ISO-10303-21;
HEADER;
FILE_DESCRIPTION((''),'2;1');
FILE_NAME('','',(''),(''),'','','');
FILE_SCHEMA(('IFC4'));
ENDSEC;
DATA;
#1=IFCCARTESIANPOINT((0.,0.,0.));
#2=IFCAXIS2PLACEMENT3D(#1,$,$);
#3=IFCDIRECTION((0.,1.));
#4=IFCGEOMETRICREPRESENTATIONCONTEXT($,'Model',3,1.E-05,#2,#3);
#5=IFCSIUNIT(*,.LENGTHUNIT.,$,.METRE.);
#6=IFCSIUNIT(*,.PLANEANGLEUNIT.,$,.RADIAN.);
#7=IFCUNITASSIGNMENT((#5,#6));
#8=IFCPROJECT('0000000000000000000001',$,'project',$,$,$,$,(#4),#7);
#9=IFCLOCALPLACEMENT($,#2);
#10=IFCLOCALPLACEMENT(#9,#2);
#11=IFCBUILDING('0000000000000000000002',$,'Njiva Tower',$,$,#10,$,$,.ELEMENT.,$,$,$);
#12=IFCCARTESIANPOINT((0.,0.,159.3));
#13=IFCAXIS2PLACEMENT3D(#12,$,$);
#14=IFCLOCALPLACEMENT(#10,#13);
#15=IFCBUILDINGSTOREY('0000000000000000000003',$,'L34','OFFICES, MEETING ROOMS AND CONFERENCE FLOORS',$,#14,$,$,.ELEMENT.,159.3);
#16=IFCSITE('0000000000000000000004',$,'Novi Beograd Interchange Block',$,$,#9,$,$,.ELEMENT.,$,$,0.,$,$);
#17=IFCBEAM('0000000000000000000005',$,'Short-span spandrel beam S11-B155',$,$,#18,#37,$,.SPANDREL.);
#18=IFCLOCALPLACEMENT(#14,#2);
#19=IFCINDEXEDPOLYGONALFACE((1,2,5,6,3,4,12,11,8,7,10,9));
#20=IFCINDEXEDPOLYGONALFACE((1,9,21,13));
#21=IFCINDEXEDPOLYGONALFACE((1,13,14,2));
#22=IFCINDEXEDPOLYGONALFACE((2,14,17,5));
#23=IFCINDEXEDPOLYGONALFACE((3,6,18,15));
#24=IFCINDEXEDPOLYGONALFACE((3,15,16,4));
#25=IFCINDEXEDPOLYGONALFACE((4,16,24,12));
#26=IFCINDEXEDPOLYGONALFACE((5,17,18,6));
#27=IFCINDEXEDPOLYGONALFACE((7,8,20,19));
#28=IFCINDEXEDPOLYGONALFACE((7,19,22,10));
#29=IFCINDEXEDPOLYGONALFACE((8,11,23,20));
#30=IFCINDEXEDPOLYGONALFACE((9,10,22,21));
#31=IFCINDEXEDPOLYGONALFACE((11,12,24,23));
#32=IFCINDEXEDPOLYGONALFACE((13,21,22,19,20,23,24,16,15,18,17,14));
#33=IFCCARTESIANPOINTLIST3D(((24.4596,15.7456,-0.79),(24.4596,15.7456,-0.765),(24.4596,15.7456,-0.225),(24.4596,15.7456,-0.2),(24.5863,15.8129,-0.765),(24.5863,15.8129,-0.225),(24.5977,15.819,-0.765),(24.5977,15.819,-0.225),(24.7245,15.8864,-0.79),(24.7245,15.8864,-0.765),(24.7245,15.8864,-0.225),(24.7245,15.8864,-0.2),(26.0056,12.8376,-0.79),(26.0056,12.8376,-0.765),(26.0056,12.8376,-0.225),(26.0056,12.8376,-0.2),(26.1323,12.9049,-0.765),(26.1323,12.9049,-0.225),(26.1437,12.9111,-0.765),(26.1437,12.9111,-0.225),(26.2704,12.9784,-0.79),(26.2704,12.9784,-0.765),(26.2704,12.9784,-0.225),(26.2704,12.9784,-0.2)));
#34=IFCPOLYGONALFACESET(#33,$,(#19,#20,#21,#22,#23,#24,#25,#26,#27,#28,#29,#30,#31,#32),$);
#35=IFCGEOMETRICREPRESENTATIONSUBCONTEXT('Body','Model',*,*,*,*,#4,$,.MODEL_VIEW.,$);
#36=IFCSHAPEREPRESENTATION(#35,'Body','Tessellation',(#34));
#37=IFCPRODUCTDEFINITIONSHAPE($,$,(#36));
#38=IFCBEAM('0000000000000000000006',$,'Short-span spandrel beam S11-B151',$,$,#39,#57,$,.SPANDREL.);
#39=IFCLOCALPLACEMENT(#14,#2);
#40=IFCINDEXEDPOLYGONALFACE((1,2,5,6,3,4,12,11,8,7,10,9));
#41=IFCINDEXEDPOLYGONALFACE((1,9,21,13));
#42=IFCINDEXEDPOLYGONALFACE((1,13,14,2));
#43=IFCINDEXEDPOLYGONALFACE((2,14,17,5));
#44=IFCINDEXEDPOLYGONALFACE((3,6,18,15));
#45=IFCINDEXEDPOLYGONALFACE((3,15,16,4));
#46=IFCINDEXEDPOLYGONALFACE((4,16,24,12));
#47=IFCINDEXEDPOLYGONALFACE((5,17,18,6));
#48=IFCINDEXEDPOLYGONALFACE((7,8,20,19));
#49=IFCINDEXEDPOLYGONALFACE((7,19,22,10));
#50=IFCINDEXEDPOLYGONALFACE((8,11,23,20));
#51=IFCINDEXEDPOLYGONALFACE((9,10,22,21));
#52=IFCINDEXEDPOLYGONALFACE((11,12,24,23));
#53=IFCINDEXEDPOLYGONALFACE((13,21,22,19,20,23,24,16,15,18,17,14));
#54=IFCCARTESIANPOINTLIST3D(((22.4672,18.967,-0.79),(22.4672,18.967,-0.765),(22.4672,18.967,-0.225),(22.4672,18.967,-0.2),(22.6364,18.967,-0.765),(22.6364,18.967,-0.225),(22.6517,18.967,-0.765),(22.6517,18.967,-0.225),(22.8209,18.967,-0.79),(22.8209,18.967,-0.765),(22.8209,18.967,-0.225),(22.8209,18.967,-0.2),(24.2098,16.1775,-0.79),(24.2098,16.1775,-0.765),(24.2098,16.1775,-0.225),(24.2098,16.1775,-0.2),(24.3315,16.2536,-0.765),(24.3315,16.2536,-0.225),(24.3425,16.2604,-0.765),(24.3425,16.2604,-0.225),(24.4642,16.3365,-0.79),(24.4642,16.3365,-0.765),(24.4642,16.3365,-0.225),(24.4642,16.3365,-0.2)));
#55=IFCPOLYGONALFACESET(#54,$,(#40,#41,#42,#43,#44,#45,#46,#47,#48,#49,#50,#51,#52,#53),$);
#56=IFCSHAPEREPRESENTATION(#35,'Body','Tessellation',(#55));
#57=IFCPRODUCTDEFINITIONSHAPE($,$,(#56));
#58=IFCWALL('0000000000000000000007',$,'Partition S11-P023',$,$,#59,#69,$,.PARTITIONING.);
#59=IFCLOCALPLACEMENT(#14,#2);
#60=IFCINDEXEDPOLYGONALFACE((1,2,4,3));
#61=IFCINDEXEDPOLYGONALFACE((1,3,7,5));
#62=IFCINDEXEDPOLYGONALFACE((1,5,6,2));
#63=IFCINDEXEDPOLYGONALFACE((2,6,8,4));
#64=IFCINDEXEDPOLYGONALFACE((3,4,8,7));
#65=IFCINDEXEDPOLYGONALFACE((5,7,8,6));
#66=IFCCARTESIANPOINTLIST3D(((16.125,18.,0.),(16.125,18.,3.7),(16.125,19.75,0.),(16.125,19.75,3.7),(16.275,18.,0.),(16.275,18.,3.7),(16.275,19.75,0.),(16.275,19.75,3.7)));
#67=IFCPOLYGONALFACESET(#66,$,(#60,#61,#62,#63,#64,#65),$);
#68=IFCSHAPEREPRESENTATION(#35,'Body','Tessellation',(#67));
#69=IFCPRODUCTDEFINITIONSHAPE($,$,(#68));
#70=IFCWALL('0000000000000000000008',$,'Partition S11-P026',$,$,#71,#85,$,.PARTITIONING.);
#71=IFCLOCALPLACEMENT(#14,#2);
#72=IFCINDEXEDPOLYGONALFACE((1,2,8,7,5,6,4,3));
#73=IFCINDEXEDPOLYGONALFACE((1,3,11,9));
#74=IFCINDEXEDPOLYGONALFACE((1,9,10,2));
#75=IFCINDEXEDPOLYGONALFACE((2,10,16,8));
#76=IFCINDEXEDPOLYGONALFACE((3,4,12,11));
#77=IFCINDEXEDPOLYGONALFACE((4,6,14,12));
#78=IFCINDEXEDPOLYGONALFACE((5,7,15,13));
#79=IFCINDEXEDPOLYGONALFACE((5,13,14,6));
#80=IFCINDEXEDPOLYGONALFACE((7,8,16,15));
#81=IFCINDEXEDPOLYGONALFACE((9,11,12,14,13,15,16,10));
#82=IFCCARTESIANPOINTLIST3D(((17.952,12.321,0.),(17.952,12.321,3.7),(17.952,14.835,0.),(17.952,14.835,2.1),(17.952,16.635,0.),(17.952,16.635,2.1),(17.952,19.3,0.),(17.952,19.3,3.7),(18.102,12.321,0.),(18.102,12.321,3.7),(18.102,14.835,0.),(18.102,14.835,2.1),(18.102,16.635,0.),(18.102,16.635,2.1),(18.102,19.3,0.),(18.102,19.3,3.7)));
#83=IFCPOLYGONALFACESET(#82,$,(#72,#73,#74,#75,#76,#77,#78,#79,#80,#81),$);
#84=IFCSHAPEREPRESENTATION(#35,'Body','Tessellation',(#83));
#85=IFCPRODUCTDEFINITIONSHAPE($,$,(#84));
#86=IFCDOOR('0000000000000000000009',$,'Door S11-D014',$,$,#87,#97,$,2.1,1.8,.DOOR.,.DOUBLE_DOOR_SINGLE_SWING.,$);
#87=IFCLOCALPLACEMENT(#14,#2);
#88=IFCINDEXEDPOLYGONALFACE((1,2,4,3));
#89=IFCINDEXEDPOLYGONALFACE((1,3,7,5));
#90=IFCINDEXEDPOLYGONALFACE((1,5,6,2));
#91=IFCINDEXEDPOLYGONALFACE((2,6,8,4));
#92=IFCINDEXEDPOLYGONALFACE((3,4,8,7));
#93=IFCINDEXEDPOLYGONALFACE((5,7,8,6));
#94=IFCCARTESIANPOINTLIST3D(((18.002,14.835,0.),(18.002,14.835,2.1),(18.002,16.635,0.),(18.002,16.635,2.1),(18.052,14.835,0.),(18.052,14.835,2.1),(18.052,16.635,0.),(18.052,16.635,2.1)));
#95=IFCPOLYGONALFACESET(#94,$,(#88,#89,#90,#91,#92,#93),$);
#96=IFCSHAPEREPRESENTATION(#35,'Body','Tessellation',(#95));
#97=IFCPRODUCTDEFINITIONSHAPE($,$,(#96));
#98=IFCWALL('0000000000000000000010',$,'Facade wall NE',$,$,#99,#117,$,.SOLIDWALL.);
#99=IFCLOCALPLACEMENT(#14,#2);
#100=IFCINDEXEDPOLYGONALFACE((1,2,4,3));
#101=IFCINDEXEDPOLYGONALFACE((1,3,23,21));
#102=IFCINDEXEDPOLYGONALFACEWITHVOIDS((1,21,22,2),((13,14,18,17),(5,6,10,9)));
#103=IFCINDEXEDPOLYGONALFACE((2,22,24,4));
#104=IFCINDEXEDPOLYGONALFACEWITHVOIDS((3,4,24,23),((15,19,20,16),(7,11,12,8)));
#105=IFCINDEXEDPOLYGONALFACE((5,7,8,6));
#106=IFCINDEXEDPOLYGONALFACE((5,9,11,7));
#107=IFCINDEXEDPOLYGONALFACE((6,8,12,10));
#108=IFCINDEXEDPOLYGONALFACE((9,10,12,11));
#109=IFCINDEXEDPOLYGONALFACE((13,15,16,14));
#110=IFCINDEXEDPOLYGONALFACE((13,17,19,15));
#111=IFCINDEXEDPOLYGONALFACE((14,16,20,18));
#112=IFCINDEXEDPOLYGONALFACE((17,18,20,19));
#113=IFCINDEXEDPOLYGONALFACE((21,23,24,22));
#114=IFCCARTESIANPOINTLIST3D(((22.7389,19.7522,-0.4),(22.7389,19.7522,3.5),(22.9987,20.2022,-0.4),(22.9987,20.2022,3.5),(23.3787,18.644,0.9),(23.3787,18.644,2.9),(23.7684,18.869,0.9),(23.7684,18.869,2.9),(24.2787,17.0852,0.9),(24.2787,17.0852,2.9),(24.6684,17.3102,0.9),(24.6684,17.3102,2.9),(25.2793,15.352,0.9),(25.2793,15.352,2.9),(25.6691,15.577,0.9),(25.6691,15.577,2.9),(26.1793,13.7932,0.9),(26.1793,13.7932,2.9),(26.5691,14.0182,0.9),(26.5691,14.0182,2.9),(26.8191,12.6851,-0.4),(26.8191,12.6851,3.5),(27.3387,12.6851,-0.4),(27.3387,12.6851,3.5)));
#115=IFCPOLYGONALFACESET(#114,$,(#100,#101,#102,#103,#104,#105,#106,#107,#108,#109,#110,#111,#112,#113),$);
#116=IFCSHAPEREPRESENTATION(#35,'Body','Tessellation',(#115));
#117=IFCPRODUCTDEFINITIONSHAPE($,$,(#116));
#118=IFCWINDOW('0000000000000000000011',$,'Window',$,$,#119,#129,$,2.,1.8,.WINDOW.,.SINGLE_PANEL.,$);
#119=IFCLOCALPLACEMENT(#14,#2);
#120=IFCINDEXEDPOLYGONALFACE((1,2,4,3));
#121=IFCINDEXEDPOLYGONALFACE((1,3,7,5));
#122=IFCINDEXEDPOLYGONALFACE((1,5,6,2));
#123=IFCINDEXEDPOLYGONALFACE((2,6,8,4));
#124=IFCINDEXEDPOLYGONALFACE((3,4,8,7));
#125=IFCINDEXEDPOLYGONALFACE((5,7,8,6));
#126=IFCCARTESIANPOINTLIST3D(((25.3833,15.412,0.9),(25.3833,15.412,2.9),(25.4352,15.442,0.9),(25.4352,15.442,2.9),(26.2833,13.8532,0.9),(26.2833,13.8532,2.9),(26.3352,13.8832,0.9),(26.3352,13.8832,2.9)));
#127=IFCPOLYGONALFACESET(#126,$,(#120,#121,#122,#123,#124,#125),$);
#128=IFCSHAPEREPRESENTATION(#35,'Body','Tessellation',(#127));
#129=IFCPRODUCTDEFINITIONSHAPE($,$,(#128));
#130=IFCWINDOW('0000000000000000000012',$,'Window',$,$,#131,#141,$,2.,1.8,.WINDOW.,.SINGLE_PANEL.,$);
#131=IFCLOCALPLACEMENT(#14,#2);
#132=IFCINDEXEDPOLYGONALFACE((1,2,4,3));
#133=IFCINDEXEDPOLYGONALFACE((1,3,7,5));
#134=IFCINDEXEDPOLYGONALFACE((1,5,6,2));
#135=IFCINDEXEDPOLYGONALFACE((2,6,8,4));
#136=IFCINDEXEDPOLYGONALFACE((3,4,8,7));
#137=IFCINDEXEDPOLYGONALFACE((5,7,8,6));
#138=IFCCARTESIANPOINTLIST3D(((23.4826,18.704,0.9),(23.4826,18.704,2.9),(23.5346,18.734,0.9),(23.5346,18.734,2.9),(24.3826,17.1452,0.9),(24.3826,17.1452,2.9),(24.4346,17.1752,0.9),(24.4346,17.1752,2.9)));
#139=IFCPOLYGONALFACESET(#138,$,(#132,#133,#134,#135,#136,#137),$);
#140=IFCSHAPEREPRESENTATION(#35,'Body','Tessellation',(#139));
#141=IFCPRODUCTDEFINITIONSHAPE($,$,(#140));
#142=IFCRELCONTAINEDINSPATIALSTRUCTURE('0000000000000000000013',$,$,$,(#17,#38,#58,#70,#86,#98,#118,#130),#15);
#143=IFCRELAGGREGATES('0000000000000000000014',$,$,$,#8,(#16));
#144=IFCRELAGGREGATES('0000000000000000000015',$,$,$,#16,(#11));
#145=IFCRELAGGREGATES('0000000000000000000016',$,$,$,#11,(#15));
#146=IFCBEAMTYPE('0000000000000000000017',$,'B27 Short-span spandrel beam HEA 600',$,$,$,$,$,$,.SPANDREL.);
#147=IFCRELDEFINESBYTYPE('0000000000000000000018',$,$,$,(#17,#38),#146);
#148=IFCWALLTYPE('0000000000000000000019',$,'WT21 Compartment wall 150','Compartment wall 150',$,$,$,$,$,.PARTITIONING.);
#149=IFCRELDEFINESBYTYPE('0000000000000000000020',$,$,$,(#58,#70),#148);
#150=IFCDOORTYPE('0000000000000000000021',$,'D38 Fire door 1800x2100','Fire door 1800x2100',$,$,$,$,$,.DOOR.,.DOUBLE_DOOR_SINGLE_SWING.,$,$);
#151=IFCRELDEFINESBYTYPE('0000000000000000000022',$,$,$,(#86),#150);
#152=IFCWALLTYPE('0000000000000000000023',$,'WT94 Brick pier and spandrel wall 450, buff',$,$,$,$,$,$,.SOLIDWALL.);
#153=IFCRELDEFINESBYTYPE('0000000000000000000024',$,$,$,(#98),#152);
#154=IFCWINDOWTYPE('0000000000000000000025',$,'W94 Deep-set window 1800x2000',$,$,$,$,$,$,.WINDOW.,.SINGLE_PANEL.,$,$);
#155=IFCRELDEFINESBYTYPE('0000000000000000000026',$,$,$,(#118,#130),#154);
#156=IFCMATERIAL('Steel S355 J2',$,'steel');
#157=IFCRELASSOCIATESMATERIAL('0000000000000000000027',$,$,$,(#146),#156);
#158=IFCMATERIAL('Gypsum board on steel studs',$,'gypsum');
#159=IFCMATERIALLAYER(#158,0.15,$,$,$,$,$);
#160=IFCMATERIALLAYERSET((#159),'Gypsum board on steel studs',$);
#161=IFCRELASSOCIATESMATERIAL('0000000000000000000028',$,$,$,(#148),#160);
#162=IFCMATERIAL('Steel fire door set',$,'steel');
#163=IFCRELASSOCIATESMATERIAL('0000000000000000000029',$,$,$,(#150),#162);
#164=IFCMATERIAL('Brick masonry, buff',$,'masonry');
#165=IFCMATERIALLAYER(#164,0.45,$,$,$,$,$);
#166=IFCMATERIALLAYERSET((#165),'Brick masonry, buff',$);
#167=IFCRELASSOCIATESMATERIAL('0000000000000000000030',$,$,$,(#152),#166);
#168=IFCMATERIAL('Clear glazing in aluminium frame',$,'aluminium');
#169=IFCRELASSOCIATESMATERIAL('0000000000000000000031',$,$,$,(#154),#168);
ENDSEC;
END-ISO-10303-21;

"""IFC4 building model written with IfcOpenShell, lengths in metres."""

from ifc_helpers import new_model, si_unit, direction, frame, frame_2d, origin, origin_2d, place, context, subcontext, project, spatial, polyline, rectangle, i_section, outline, extrude, clip, halfspace, material, layer, layer_set, material_profile, profile_set, type_object, element, fill, save


model = new_model("IFC4")

# Units and contexts
model_context = context("Model", 3, precision=1e-05, world=origin(), true_north=direction((0.0, 1.0)))
body_context = subcontext(model_context, "Body", "Model", "MODEL_VIEW")
ifc_project = project(units=[si_unit("LENGTHUNIT", "METRE"), si_unit("PLANEANGLEUNIT", "RADIAN")], contexts=[model_context])

# Site, building, storey
site_placement = place(None, origin())
site = spatial("IfcSite", under=ifc_project, at=site_placement, Name="Novi Beograd Interchange Block", CompositionType="ELEMENT", RefElevation=0.0)
building_placement = place(site_placement, origin())
building = spatial("IfcBuilding", under=site, at=building_placement, Name="Njiva Tower", CompositionType="ELEMENT")
storey_placement = place(building_placement, frame((0.0, 0.0, 159.3)))
storey = spatial("IfcBuildingStorey", under=building, at=storey_placement, Name="L34", Description="OFFICES, MEETING ROOMS AND CONFERENCE FLOORS", CompositionType="ELEMENT", Elevation=159.3)

# Shared definitions
ifc_material_1 = material(Name="Steel S355 J2", Category="steel")

# Beams
ifc_material_profile_1 = material_profile(ifc_material_1, i_section(OverallWidth=0.3, OverallDepth=0.59, WebThickness=0.013, FlangeThickness=0.025, at=origin_2d()), Name="HEA 600")
ifc_profile_set_1 = profile_set([ifc_material_profile_1], Name="Steel S355 J2")
beam_type_1 = type_object("IfcBeamType", Name="B27 Short-span spandrel beam HEA 600", PredefinedType="SPANDREL", material=ifc_profile_set_1)
beam_1_placement = place(storey_placement, frame((26.138, 12.908, -0.495), z_axis=(-0.469422, 0.882974, 0.0), x_axis=(-0.882974, -0.469422, 0.0)))
element("IfcBeam", 1, at=beam_1_placement, inside=storey, type_object=beam_type_1, Name="Short-span spandrel beam S11-B155", PredefinedType="SPANDREL", context=body_context, shape_type="SweptSolid", body=[
    extrude(i_section(OverallWidth=0.3, OverallDepth=0.59, WebThickness=0.013, FlangeThickness=0.025, at=origin_2d()), origin(), (0.0, 0.0, 1.0), 3.2934),
])
beam_2_placement = place(storey_placement, frame((24.337, 16.257, -0.495), z_axis=(-0.52983, 0.848104, 0.0), x_axis=(-0.848104, -0.52983, 0.0)))
element("IfcBeam", 2, at=beam_2_placement, inside=storey, type_object=beam_type_1, Name="Short-span spandrel beam S11-B151", PredefinedType="SPANDREL", context=body_context, shape_type="Clipping", body=[
    clip(extrude(i_section(OverallWidth=0.3, OverallDepth=0.59, WebThickness=0.013, FlangeThickness=0.025, at=origin_2d()), origin(), (0.0, 0.0, 1.0), 3.3094), halfspace(frame((-0.0263, 0.0, 3.1789), z_axis=(-0.52983, 0.0, 0.848104), x_axis=(0.0, 1.0, 0.0)), False)),
])

# Wall
ifc_material_2 = material(Name="Gypsum board on steel studs", Category="gypsum")
ifc_layer_1 = layer(ifc_material_2, 0.15)
ifc_layer_set_1 = layer_set([ifc_layer_1], Name="Gypsum board on steel studs")
wall_type_1 = type_object("IfcWallType", Name="WT21 Compartment wall 150", Description="Compartment wall 150", PredefinedType="PARTITIONING", material=ifc_layer_set_1)
wall_1_placement = place(storey_placement, frame((16.2, 18.0, 0.0), z_axis=(0.0, 0.0, 1.0), x_axis=(0.0, 1.0, 0.0)))
element("IfcWall", 3, at=wall_1_placement, inside=storey, type_object=wall_type_1, Name="Partition S11-P023", PredefinedType="PARTITIONING", context=body_context, shape_type="SweptSolid", body=[
    extrude(rectangle(XDim=1.75, YDim=0.15, at=frame_2d((0.875, 0.0))), origin(), (0.0, 0.0, 1.0), 3.7),
])

# Wall, opening, door
wall_2_placement = place(storey_placement, frame((18.027, 12.321, 0.0), z_axis=(0.0, 0.0, 1.0), x_axis=(0.0, 1.0, 0.0)))
wall_2 = element("IfcWall", 4, at=wall_2_placement, inside=storey, type_object=wall_type_1, Name="Partition S11-P026", PredefinedType="PARTITIONING", context=body_context, shape_type="SweptSolid", body=[
    extrude(rectangle(XDim=6.979, YDim=0.15, at=frame_2d((3.4895, 0.0))), origin(), (0.0, 0.0, 1.0), 3.7),
])
opening_1_placement = place(wall_2_placement, frame((2.514, 0.0, 0.0)))
opening_1 = element("IfcOpeningElement", 5, at=opening_1_placement, cuts=wall_2, PredefinedType="OPENING", context=body_context, shape_type="SweptSolid", body=[
    extrude(rectangle(XDim=1.8, YDim=2.1, at=frame_2d((0.9, 1.05))), frame((0.0, 0.085, 0.0), z_axis=(0.0, -1.0, 0.0), x_axis=(1.0, 0.0, 0.0)), (0.0, 0.0, 1.0), 0.17),
])
ifc_material_3 = material(Name="Steel fire door set", Category="steel")
door_type = type_object("IfcDoorType", Name="D38 Fire door 1800x2100", Description="Fire door 1800x2100", OperationType="DOUBLE_DOOR_SINGLE_SWING", PredefinedType="DOOR", material=ifc_material_3)
door_placement = place(opening_1_placement, origin())
door = element("IfcDoor", 6, at=door_placement, inside=storey, type_object=door_type, Name="Door S11-D014", OperationType="DOUBLE_DOOR_SINGLE_SWING", OverallHeight=2.1, OverallWidth=1.8, PredefinedType="DOOR", context=body_context, shape_type="SweptSolid", body=[
    extrude(rectangle(XDim=1.8, YDim=2.1, at=frame_2d((0.9, 1.05))), frame((0.0, 0.025, 0.0), z_axis=(0.0, -1.0, 0.0), x_axis=(1.0, 0.0, 0.0)), (0.0, 0.0, 1.0), 0.05),
])
fill(opening_1, door)

# Wall, openings, windows
ifc_material_4 = material(Name="Clear glazing in aluminium frame", Category="aluminium")
ifc_material_5 = material(Name="Brick masonry, buff", Category="masonry")
ifc_layer_2 = layer(ifc_material_5, 0.45)
ifc_layer_set_2 = layer_set([ifc_layer_2], Name="Brick masonry, buff")
wall_type_2 = type_object("IfcWallType", Name="WT94 Brick pier and spandrel wall 450, buff", PredefinedType="SOLIDWALL", material=ifc_layer_set_2)
wall_3_placement = place(storey_placement, frame((27.0789, 12.6851, -0.4), z_axis=(0.0, 0.0, 1.0), x_axis=(-0.5, 0.866025, 0.0)))
wall_3 = element("IfcWall", 7, at=wall_3_placement, inside=storey, type_object=wall_type_2, Name="Facade wall NE", PredefinedType="SOLIDWALL", context=body_context, shape_type="SweptSolid", body=[
    extrude(outline(polyline([(-0.1299, -0.225), (8.5501, -0.225), (8.2903, 0.225), (0.1299, 0.225), (-0.1299, -0.225)])), origin(), (0.0, 0.0, 1.0), 3.9),
])
opening_2_placement = place(wall_3_placement, frame((1.4094, 0.0, 1.3)))
opening_2 = element("IfcOpeningElement", 8, at=opening_2_placement, cuts=wall_3, PredefinedType="OPENING", context=body_context, shape_type="SweptSolid", body=[
    extrude(rectangle(XDim=1.8, YDim=2.0, at=frame_2d((0.9, 1.0))), frame((0.0, 0.235, 0.0), z_axis=(0.0, -1.0, 0.0), x_axis=(1.0, 0.0, 0.0)), (0.0, 0.0, 1.0), 0.47),
])
opening_3_placement = place(wall_3_placement, frame((5.2107, 0.0, 1.3)))
opening_3 = element("IfcOpeningElement", 9, at=opening_3_placement, cuts=wall_3, PredefinedType="OPENING", context=body_context, shape_type="SweptSolid", body=[
    extrude(rectangle(XDim=1.8, YDim=2.0, at=frame_2d((0.9, 1.0))), frame((0.0, 0.235, 0.0), z_axis=(0.0, -1.0, 0.0), x_axis=(1.0, 0.0, 0.0)), (0.0, 0.0, 1.0), 0.47),
])
window_type_1 = type_object("IfcWindowType", Name="W94 Deep-set window 1800x2000", PartitioningType="SINGLE_PANEL", PredefinedType="WINDOW", material=ifc_material_4)
window_1_placement = place(opening_2_placement, origin())
window_1 = element("IfcWindow", 10, at=window_1_placement, inside=storey, type_object=window_type_1, Name="Window", OverallHeight=2.0, OverallWidth=1.8, PartitioningType="SINGLE_PANEL", PredefinedType="WINDOW", context=body_context, shape_type="SweptSolid", body=[
    extrude(rectangle(XDim=1.8, YDim=2.0, at=frame_2d((0.9, 1.0))), frame((0.0, 0.105, 0.0), z_axis=(0.0, -1.0, 0.0), x_axis=(1.0, 0.0, 0.0)), (0.0, 0.0, 1.0), 0.06),
])
fill(opening_2, window_1)
window_2_placement = place(opening_3_placement, origin())
window_2 = element("IfcWindow", 11, at=window_2_placement, inside=storey, type_object=window_type_1, Name="Window", OverallHeight=2.0, OverallWidth=1.8, PartitioningType="SINGLE_PANEL", PredefinedType="WINDOW", context=body_context, shape_type="SweptSolid", body=[
    extrude(rectangle(XDim=1.8, YDim=2.0, at=frame_2d((0.9, 1.0))), frame((0.0, 0.105, 0.0), z_axis=(0.0, -1.0, 0.0), x_axis=(1.0, 0.0, 0.0)), (0.0, 0.0, 1.0), 0.06),
])
fill(opening_3, window_2)

save(model, "model.ifc")
